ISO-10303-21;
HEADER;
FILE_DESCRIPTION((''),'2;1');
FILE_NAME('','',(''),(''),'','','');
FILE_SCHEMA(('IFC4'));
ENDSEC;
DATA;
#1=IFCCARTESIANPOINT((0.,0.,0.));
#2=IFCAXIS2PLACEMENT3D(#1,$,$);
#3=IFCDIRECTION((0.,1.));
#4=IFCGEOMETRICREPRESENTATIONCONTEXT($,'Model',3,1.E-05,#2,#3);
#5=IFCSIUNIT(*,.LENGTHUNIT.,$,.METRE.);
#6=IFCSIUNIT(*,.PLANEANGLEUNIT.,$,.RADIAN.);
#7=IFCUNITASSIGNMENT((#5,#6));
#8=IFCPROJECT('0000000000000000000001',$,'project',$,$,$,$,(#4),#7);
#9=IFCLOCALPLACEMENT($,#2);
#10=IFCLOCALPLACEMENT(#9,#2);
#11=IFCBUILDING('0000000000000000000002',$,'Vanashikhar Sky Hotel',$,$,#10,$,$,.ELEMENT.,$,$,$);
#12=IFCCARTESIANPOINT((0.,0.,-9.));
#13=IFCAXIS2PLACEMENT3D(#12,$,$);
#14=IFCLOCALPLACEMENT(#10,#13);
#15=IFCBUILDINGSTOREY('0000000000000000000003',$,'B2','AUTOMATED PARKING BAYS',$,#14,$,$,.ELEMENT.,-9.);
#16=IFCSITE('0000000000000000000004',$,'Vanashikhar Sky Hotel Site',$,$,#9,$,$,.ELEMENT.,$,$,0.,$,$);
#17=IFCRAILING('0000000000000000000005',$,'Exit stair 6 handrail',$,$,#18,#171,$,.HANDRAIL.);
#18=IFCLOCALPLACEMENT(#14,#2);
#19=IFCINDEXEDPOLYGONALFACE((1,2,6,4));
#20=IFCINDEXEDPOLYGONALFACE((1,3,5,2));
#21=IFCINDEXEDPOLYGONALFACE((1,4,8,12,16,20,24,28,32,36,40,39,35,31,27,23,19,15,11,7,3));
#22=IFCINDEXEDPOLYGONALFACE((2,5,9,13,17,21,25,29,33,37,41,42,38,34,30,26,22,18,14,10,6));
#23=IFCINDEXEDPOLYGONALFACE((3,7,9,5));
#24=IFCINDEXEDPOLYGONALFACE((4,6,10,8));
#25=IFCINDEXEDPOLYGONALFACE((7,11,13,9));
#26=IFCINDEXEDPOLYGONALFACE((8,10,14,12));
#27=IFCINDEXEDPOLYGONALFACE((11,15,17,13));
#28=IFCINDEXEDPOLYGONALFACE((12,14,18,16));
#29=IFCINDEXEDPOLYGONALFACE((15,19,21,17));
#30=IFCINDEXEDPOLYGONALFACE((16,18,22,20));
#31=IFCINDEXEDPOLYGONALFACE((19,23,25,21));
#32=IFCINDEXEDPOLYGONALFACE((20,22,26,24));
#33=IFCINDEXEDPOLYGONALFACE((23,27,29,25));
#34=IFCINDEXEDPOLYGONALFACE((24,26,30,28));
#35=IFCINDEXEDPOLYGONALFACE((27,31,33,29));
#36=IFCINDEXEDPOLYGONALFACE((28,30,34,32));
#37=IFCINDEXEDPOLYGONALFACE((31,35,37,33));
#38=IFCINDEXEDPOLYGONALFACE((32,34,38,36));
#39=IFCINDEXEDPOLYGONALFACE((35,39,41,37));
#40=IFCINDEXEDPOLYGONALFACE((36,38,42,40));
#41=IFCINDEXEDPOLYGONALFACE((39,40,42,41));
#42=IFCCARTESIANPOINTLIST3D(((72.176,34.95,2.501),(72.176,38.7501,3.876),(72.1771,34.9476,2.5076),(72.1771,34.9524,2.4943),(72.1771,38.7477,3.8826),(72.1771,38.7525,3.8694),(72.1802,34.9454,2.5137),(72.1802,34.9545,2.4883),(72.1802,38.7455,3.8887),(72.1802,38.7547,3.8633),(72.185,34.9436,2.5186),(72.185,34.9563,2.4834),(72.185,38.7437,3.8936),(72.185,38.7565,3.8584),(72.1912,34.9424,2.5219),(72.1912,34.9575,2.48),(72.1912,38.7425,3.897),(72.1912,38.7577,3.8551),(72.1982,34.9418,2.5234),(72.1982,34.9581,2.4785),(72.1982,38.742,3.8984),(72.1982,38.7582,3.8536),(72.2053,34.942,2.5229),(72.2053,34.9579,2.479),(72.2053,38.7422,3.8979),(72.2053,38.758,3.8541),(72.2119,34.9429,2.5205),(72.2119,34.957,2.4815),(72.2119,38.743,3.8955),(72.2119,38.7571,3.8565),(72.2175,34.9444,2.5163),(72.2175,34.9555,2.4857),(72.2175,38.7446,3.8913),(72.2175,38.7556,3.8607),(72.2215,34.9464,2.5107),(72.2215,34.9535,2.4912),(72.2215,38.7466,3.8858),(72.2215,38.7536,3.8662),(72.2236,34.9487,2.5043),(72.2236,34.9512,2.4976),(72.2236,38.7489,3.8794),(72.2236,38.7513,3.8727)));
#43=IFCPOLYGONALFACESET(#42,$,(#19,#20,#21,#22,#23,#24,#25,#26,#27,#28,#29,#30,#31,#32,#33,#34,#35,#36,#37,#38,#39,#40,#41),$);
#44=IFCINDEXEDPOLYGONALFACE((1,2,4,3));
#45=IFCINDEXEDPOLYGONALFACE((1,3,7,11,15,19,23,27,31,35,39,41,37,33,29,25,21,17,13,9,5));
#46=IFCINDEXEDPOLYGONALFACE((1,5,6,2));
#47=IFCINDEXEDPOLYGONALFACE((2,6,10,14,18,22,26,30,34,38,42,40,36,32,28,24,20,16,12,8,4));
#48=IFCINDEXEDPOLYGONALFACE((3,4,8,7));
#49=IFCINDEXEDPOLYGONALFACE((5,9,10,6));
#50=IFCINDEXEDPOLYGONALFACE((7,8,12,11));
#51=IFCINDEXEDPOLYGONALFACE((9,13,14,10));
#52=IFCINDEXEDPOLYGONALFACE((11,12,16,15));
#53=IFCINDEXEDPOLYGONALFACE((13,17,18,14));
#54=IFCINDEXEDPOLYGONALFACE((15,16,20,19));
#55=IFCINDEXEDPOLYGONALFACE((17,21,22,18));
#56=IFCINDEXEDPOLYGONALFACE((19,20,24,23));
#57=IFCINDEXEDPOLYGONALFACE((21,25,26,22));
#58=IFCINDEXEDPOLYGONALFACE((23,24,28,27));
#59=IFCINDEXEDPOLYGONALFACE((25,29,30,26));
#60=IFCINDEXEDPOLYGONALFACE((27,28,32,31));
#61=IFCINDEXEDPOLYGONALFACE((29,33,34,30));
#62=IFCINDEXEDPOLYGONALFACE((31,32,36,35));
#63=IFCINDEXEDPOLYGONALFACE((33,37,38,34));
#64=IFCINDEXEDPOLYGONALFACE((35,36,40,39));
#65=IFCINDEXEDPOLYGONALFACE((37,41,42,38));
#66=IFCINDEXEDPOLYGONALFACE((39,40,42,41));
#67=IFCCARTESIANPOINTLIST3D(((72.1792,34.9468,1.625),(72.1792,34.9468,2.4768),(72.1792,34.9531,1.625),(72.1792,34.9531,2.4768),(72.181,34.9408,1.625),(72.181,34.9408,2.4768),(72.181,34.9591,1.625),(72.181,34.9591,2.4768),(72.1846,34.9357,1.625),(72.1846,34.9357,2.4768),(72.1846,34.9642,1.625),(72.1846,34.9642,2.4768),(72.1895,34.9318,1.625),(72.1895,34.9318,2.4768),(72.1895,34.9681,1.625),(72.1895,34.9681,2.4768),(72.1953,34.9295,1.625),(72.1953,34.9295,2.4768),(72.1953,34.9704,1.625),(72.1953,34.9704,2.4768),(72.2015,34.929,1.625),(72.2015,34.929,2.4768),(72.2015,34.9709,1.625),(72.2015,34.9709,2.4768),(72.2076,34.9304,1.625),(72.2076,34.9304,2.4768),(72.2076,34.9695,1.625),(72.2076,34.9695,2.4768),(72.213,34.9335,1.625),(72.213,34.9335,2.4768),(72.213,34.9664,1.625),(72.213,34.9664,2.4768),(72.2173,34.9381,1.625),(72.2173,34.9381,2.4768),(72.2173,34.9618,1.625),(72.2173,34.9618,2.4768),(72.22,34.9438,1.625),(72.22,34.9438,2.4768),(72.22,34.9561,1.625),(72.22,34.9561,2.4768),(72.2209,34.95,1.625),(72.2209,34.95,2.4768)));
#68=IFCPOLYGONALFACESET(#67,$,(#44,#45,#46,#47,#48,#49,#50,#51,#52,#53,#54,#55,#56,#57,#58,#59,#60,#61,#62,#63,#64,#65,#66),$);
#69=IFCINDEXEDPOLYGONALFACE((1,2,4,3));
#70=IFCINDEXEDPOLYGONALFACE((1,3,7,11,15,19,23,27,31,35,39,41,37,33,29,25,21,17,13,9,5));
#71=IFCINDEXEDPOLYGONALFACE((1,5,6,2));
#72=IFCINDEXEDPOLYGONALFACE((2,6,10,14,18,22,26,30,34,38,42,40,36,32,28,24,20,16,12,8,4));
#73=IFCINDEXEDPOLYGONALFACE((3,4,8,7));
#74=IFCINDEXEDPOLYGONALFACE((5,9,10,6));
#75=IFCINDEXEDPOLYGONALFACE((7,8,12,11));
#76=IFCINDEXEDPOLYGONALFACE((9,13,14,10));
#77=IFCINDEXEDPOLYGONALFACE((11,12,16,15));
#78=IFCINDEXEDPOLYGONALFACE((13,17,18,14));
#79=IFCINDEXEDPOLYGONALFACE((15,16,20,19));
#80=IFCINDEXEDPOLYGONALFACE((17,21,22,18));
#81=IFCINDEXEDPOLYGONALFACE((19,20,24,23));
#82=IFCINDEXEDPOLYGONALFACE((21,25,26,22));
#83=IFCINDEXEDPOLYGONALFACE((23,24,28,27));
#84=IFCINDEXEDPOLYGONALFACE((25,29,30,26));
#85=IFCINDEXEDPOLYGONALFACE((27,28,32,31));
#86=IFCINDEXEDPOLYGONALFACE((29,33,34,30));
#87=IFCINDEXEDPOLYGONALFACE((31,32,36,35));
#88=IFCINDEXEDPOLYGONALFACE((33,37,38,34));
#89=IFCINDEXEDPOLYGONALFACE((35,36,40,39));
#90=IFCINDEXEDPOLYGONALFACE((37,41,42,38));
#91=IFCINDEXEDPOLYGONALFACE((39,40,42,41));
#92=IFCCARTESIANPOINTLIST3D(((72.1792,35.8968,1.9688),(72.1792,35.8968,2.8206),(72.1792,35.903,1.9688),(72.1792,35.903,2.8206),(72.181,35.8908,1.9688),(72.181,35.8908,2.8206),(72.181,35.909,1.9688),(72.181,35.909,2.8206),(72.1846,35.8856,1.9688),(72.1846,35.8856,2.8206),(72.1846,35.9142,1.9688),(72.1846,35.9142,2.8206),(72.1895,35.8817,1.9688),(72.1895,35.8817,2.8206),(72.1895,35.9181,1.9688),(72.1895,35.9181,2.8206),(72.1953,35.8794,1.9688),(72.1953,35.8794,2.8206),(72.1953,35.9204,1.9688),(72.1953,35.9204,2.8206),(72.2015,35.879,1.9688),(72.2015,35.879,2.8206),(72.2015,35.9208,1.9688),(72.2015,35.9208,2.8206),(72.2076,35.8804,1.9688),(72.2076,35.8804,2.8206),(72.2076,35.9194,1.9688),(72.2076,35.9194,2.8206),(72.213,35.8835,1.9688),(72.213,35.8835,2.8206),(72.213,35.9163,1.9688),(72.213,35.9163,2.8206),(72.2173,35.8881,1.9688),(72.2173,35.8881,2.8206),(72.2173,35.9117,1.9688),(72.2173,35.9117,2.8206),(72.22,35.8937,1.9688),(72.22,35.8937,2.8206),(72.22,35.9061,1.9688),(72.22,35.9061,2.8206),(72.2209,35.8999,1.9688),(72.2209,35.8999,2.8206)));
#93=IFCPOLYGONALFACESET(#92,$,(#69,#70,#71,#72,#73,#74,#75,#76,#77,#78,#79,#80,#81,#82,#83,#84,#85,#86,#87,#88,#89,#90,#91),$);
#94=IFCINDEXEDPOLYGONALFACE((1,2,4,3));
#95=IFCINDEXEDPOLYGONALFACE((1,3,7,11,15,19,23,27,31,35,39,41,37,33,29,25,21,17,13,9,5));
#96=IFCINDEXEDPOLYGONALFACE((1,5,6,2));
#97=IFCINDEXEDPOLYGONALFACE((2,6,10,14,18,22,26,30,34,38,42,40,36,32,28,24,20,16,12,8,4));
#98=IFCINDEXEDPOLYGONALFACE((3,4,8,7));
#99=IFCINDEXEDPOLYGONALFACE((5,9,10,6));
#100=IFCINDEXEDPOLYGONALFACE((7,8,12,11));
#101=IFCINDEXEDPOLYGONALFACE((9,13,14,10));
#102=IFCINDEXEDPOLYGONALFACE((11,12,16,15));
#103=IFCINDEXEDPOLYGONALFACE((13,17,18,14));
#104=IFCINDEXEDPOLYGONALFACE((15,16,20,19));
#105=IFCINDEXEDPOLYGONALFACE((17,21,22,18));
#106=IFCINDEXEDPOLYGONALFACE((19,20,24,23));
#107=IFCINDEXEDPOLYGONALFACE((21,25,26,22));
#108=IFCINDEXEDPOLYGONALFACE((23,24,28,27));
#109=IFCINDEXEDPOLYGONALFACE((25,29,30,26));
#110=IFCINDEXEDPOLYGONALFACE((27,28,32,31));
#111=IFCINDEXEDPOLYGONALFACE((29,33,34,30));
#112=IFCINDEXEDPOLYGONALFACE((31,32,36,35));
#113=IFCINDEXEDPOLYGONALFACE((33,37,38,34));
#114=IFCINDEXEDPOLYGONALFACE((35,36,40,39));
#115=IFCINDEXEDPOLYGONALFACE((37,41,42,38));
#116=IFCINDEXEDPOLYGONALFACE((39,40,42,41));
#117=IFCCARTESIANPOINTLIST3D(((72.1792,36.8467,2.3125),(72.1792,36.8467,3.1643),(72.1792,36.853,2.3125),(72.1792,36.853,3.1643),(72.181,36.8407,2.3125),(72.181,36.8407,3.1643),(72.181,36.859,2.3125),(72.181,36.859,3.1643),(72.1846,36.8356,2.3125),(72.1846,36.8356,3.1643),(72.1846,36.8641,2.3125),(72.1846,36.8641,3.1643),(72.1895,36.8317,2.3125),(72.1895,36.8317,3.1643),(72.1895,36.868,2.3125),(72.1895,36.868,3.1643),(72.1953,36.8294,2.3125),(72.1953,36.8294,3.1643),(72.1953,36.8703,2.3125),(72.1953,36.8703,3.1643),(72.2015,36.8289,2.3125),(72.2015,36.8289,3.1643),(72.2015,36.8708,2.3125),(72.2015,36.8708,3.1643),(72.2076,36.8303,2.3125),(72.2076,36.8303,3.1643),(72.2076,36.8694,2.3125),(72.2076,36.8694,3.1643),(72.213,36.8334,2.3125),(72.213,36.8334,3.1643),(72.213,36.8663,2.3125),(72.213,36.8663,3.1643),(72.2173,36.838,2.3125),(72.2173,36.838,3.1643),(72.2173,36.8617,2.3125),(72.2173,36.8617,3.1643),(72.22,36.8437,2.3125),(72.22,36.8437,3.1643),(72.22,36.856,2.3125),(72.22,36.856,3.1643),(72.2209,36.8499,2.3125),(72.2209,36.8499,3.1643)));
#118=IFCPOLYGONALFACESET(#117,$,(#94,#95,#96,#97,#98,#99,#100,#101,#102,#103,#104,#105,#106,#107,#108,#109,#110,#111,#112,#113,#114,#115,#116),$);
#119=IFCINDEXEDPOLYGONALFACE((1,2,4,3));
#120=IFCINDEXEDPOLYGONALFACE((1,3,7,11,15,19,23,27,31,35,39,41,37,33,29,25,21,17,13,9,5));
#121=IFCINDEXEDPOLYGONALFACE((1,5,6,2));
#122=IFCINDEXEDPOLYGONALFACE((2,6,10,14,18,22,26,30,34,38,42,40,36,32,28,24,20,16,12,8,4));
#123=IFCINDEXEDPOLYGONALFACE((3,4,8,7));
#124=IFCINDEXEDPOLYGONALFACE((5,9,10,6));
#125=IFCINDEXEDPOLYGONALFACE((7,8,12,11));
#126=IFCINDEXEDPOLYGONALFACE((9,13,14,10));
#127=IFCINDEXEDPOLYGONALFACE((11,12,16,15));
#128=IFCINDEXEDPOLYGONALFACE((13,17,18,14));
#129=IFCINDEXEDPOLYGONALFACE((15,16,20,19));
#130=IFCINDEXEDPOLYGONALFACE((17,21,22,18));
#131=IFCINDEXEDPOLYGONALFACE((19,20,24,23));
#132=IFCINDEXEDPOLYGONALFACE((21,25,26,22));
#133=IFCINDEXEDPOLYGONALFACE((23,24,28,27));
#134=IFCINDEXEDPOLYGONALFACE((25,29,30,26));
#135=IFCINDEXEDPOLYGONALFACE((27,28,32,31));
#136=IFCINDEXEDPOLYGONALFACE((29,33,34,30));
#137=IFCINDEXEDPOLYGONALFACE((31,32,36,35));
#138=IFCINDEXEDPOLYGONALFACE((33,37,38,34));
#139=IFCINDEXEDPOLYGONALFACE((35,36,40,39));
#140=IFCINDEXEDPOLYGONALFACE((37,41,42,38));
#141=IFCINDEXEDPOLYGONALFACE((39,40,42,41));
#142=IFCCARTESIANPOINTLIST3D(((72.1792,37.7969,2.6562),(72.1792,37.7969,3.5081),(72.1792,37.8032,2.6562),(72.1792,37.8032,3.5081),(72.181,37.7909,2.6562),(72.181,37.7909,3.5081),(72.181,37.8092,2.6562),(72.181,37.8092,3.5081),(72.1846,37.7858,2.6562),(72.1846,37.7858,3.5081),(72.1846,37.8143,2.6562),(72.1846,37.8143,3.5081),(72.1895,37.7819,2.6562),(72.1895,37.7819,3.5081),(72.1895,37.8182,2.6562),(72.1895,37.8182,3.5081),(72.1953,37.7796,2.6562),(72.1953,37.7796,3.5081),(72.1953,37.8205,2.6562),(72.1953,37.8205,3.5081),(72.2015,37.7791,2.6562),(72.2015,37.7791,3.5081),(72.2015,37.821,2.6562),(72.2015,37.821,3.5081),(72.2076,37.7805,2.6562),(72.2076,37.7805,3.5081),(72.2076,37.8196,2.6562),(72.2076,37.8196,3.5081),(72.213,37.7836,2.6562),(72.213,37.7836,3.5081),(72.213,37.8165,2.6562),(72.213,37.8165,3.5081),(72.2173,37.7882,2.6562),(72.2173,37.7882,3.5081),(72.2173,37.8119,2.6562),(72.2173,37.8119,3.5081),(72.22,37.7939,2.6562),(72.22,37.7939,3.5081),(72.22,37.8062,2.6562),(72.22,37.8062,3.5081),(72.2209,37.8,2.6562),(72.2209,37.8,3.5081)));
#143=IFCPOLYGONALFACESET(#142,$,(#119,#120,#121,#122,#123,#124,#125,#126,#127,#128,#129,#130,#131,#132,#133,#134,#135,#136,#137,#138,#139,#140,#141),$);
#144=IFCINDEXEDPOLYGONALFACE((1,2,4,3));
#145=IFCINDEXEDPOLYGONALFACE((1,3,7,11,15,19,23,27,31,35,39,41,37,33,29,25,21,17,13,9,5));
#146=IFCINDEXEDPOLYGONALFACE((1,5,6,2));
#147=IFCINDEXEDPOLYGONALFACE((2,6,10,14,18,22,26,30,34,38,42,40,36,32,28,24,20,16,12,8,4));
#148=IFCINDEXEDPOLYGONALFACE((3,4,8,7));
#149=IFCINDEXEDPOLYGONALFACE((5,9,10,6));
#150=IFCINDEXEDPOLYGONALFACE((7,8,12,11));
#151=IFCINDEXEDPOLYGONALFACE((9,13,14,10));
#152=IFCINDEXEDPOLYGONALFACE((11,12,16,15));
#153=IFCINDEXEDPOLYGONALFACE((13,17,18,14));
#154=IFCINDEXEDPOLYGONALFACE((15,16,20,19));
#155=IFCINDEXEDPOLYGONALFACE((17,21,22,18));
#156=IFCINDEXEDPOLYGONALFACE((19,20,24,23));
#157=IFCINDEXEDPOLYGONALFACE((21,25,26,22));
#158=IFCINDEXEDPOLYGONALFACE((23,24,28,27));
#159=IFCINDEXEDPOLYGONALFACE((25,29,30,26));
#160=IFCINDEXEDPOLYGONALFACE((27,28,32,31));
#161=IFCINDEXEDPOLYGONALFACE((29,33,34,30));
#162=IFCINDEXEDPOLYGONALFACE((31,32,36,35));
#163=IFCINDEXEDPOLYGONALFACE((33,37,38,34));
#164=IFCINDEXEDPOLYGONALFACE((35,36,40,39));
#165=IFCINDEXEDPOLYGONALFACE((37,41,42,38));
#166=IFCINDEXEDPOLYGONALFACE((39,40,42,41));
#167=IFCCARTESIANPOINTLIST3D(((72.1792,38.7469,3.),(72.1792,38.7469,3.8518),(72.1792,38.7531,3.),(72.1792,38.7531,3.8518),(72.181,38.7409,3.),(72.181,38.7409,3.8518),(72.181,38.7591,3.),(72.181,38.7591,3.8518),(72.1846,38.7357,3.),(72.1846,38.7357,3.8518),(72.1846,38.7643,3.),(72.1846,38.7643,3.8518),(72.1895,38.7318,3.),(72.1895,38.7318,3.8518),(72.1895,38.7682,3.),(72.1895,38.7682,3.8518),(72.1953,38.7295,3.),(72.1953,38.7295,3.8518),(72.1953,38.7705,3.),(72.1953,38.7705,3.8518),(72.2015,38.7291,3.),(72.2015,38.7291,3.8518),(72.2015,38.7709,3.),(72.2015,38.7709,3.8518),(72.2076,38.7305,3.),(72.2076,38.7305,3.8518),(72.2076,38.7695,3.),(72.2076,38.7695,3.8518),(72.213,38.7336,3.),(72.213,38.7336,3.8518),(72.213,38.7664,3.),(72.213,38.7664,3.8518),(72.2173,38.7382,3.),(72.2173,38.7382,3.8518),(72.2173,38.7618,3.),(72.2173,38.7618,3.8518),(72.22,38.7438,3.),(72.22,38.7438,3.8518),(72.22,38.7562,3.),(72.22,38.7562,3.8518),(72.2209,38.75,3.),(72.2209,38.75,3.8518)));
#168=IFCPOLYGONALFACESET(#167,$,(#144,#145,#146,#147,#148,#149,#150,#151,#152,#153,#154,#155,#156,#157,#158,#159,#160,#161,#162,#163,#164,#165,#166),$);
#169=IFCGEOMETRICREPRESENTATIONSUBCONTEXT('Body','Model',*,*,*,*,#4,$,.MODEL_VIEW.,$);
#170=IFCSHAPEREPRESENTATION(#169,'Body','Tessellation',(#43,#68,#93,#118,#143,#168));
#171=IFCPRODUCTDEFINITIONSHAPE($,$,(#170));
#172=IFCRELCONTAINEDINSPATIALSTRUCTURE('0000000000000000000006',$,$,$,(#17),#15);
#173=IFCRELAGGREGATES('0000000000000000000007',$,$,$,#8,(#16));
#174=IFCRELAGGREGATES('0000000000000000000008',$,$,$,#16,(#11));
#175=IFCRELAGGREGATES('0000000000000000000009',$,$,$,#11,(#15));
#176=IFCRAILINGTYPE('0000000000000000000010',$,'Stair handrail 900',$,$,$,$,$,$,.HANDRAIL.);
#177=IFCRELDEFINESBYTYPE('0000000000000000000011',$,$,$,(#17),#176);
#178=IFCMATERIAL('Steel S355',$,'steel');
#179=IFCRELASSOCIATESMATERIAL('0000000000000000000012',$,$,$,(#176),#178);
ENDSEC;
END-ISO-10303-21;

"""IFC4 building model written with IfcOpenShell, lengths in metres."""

from ifc_helpers import new_model, si_unit, direction, frame, origin, origin_2d, place, context, subcontext, project, spatial, circle, extrude, source, transform, mapped, material, type_object, element, save


model = new_model("IFC4")

# Units and contexts
model_context = context("Model", 3, precision=1e-05, world=origin(), true_north=direction((0.0, 1.0)))
body_context = subcontext(model_context, "Body", "Model", "MODEL_VIEW")
ifc_project = project(units=[si_unit("LENGTHUNIT", "METRE"), si_unit("PLANEANGLEUNIT", "RADIAN")], contexts=[model_context])

# Site, building, storey
site_placement = place(None, origin())
site = spatial("IfcSite", under=ifc_project, at=site_placement, Name="Vanashikhar Sky Hotel Site", CompositionType="ELEMENT", RefElevation=0.0)
building_placement = place(site_placement, origin())
building = spatial("IfcBuilding", under=site, at=building_placement, Name="Vanashikhar Sky Hotel", CompositionType="ELEMENT")
storey_placement = place(building_placement, frame((0.0, 0.0, -9.0)))
storey = spatial("IfcBuildingStorey", under=building, at=storey_placement, Name="B2", Description="AUTOMATED PARKING BAYS", CompositionType="ELEMENT", Elevation=-9.0)

# Railing
ifc_material_1 = material(Name="Steel S355", Category="steel")
railing_type_1 = type_object("IfcRailingType", Name="Stair handrail 900", PredefinedType="HANDRAIL", material=ifc_material_1)
shared_shape_1 = source(origin(), body_context, "Body", "SweptSolid", [
    extrude(circle(Radius=0.0239, at=origin_2d()), frame((0.0, 0.0, 0.876), z_axis=(0.0, 0.940336, 0.340249), x_axis=(-1.0, 0.0, 0.0)), (0.0, 0.0, 1.0), 4.0413),
    extrude(circle(Radius=0.021, at=origin_2d()), origin(), (0.0, 0.0, 1.0), 0.8518),
    extrude(circle(Radius=0.021, at=origin_2d()), frame((0.0, 0.95, 0.3438)), (0.0, 0.0, 1.0), 0.8518),
    extrude(circle(Radius=0.021, at=origin_2d()), frame((0.0, 1.8999, 0.6875)), (0.0, 0.0, 1.0), 0.8518),
    extrude(circle(Radius=0.021, at=origin_2d()), frame((0.0, 2.8501, 1.0312)), (0.0, 0.0, 1.0), 0.8518),
    extrude(circle(Radius=0.021, at=origin_2d()), frame((0.0, 3.8, 1.375)), (0.0, 0.0, 1.0), 0.8518),
])
for number, where, name in (
    (1, (72.2, 34.95, 1.625), "Exit stair 6 handrail"),
):
    element("IfcRailing", number, at=place(storey_placement, frame(where)), inside=storey, type_object=railing_type_1, Name=name, PredefinedType="HANDRAIL", context=body_context, shape_type="MappedRepresentation", body=[
        mapped(shared_shape_1, transform((0.0, 0.0, 0.0), scale=1.0)),
    ])

save(model, "model.ifc")
